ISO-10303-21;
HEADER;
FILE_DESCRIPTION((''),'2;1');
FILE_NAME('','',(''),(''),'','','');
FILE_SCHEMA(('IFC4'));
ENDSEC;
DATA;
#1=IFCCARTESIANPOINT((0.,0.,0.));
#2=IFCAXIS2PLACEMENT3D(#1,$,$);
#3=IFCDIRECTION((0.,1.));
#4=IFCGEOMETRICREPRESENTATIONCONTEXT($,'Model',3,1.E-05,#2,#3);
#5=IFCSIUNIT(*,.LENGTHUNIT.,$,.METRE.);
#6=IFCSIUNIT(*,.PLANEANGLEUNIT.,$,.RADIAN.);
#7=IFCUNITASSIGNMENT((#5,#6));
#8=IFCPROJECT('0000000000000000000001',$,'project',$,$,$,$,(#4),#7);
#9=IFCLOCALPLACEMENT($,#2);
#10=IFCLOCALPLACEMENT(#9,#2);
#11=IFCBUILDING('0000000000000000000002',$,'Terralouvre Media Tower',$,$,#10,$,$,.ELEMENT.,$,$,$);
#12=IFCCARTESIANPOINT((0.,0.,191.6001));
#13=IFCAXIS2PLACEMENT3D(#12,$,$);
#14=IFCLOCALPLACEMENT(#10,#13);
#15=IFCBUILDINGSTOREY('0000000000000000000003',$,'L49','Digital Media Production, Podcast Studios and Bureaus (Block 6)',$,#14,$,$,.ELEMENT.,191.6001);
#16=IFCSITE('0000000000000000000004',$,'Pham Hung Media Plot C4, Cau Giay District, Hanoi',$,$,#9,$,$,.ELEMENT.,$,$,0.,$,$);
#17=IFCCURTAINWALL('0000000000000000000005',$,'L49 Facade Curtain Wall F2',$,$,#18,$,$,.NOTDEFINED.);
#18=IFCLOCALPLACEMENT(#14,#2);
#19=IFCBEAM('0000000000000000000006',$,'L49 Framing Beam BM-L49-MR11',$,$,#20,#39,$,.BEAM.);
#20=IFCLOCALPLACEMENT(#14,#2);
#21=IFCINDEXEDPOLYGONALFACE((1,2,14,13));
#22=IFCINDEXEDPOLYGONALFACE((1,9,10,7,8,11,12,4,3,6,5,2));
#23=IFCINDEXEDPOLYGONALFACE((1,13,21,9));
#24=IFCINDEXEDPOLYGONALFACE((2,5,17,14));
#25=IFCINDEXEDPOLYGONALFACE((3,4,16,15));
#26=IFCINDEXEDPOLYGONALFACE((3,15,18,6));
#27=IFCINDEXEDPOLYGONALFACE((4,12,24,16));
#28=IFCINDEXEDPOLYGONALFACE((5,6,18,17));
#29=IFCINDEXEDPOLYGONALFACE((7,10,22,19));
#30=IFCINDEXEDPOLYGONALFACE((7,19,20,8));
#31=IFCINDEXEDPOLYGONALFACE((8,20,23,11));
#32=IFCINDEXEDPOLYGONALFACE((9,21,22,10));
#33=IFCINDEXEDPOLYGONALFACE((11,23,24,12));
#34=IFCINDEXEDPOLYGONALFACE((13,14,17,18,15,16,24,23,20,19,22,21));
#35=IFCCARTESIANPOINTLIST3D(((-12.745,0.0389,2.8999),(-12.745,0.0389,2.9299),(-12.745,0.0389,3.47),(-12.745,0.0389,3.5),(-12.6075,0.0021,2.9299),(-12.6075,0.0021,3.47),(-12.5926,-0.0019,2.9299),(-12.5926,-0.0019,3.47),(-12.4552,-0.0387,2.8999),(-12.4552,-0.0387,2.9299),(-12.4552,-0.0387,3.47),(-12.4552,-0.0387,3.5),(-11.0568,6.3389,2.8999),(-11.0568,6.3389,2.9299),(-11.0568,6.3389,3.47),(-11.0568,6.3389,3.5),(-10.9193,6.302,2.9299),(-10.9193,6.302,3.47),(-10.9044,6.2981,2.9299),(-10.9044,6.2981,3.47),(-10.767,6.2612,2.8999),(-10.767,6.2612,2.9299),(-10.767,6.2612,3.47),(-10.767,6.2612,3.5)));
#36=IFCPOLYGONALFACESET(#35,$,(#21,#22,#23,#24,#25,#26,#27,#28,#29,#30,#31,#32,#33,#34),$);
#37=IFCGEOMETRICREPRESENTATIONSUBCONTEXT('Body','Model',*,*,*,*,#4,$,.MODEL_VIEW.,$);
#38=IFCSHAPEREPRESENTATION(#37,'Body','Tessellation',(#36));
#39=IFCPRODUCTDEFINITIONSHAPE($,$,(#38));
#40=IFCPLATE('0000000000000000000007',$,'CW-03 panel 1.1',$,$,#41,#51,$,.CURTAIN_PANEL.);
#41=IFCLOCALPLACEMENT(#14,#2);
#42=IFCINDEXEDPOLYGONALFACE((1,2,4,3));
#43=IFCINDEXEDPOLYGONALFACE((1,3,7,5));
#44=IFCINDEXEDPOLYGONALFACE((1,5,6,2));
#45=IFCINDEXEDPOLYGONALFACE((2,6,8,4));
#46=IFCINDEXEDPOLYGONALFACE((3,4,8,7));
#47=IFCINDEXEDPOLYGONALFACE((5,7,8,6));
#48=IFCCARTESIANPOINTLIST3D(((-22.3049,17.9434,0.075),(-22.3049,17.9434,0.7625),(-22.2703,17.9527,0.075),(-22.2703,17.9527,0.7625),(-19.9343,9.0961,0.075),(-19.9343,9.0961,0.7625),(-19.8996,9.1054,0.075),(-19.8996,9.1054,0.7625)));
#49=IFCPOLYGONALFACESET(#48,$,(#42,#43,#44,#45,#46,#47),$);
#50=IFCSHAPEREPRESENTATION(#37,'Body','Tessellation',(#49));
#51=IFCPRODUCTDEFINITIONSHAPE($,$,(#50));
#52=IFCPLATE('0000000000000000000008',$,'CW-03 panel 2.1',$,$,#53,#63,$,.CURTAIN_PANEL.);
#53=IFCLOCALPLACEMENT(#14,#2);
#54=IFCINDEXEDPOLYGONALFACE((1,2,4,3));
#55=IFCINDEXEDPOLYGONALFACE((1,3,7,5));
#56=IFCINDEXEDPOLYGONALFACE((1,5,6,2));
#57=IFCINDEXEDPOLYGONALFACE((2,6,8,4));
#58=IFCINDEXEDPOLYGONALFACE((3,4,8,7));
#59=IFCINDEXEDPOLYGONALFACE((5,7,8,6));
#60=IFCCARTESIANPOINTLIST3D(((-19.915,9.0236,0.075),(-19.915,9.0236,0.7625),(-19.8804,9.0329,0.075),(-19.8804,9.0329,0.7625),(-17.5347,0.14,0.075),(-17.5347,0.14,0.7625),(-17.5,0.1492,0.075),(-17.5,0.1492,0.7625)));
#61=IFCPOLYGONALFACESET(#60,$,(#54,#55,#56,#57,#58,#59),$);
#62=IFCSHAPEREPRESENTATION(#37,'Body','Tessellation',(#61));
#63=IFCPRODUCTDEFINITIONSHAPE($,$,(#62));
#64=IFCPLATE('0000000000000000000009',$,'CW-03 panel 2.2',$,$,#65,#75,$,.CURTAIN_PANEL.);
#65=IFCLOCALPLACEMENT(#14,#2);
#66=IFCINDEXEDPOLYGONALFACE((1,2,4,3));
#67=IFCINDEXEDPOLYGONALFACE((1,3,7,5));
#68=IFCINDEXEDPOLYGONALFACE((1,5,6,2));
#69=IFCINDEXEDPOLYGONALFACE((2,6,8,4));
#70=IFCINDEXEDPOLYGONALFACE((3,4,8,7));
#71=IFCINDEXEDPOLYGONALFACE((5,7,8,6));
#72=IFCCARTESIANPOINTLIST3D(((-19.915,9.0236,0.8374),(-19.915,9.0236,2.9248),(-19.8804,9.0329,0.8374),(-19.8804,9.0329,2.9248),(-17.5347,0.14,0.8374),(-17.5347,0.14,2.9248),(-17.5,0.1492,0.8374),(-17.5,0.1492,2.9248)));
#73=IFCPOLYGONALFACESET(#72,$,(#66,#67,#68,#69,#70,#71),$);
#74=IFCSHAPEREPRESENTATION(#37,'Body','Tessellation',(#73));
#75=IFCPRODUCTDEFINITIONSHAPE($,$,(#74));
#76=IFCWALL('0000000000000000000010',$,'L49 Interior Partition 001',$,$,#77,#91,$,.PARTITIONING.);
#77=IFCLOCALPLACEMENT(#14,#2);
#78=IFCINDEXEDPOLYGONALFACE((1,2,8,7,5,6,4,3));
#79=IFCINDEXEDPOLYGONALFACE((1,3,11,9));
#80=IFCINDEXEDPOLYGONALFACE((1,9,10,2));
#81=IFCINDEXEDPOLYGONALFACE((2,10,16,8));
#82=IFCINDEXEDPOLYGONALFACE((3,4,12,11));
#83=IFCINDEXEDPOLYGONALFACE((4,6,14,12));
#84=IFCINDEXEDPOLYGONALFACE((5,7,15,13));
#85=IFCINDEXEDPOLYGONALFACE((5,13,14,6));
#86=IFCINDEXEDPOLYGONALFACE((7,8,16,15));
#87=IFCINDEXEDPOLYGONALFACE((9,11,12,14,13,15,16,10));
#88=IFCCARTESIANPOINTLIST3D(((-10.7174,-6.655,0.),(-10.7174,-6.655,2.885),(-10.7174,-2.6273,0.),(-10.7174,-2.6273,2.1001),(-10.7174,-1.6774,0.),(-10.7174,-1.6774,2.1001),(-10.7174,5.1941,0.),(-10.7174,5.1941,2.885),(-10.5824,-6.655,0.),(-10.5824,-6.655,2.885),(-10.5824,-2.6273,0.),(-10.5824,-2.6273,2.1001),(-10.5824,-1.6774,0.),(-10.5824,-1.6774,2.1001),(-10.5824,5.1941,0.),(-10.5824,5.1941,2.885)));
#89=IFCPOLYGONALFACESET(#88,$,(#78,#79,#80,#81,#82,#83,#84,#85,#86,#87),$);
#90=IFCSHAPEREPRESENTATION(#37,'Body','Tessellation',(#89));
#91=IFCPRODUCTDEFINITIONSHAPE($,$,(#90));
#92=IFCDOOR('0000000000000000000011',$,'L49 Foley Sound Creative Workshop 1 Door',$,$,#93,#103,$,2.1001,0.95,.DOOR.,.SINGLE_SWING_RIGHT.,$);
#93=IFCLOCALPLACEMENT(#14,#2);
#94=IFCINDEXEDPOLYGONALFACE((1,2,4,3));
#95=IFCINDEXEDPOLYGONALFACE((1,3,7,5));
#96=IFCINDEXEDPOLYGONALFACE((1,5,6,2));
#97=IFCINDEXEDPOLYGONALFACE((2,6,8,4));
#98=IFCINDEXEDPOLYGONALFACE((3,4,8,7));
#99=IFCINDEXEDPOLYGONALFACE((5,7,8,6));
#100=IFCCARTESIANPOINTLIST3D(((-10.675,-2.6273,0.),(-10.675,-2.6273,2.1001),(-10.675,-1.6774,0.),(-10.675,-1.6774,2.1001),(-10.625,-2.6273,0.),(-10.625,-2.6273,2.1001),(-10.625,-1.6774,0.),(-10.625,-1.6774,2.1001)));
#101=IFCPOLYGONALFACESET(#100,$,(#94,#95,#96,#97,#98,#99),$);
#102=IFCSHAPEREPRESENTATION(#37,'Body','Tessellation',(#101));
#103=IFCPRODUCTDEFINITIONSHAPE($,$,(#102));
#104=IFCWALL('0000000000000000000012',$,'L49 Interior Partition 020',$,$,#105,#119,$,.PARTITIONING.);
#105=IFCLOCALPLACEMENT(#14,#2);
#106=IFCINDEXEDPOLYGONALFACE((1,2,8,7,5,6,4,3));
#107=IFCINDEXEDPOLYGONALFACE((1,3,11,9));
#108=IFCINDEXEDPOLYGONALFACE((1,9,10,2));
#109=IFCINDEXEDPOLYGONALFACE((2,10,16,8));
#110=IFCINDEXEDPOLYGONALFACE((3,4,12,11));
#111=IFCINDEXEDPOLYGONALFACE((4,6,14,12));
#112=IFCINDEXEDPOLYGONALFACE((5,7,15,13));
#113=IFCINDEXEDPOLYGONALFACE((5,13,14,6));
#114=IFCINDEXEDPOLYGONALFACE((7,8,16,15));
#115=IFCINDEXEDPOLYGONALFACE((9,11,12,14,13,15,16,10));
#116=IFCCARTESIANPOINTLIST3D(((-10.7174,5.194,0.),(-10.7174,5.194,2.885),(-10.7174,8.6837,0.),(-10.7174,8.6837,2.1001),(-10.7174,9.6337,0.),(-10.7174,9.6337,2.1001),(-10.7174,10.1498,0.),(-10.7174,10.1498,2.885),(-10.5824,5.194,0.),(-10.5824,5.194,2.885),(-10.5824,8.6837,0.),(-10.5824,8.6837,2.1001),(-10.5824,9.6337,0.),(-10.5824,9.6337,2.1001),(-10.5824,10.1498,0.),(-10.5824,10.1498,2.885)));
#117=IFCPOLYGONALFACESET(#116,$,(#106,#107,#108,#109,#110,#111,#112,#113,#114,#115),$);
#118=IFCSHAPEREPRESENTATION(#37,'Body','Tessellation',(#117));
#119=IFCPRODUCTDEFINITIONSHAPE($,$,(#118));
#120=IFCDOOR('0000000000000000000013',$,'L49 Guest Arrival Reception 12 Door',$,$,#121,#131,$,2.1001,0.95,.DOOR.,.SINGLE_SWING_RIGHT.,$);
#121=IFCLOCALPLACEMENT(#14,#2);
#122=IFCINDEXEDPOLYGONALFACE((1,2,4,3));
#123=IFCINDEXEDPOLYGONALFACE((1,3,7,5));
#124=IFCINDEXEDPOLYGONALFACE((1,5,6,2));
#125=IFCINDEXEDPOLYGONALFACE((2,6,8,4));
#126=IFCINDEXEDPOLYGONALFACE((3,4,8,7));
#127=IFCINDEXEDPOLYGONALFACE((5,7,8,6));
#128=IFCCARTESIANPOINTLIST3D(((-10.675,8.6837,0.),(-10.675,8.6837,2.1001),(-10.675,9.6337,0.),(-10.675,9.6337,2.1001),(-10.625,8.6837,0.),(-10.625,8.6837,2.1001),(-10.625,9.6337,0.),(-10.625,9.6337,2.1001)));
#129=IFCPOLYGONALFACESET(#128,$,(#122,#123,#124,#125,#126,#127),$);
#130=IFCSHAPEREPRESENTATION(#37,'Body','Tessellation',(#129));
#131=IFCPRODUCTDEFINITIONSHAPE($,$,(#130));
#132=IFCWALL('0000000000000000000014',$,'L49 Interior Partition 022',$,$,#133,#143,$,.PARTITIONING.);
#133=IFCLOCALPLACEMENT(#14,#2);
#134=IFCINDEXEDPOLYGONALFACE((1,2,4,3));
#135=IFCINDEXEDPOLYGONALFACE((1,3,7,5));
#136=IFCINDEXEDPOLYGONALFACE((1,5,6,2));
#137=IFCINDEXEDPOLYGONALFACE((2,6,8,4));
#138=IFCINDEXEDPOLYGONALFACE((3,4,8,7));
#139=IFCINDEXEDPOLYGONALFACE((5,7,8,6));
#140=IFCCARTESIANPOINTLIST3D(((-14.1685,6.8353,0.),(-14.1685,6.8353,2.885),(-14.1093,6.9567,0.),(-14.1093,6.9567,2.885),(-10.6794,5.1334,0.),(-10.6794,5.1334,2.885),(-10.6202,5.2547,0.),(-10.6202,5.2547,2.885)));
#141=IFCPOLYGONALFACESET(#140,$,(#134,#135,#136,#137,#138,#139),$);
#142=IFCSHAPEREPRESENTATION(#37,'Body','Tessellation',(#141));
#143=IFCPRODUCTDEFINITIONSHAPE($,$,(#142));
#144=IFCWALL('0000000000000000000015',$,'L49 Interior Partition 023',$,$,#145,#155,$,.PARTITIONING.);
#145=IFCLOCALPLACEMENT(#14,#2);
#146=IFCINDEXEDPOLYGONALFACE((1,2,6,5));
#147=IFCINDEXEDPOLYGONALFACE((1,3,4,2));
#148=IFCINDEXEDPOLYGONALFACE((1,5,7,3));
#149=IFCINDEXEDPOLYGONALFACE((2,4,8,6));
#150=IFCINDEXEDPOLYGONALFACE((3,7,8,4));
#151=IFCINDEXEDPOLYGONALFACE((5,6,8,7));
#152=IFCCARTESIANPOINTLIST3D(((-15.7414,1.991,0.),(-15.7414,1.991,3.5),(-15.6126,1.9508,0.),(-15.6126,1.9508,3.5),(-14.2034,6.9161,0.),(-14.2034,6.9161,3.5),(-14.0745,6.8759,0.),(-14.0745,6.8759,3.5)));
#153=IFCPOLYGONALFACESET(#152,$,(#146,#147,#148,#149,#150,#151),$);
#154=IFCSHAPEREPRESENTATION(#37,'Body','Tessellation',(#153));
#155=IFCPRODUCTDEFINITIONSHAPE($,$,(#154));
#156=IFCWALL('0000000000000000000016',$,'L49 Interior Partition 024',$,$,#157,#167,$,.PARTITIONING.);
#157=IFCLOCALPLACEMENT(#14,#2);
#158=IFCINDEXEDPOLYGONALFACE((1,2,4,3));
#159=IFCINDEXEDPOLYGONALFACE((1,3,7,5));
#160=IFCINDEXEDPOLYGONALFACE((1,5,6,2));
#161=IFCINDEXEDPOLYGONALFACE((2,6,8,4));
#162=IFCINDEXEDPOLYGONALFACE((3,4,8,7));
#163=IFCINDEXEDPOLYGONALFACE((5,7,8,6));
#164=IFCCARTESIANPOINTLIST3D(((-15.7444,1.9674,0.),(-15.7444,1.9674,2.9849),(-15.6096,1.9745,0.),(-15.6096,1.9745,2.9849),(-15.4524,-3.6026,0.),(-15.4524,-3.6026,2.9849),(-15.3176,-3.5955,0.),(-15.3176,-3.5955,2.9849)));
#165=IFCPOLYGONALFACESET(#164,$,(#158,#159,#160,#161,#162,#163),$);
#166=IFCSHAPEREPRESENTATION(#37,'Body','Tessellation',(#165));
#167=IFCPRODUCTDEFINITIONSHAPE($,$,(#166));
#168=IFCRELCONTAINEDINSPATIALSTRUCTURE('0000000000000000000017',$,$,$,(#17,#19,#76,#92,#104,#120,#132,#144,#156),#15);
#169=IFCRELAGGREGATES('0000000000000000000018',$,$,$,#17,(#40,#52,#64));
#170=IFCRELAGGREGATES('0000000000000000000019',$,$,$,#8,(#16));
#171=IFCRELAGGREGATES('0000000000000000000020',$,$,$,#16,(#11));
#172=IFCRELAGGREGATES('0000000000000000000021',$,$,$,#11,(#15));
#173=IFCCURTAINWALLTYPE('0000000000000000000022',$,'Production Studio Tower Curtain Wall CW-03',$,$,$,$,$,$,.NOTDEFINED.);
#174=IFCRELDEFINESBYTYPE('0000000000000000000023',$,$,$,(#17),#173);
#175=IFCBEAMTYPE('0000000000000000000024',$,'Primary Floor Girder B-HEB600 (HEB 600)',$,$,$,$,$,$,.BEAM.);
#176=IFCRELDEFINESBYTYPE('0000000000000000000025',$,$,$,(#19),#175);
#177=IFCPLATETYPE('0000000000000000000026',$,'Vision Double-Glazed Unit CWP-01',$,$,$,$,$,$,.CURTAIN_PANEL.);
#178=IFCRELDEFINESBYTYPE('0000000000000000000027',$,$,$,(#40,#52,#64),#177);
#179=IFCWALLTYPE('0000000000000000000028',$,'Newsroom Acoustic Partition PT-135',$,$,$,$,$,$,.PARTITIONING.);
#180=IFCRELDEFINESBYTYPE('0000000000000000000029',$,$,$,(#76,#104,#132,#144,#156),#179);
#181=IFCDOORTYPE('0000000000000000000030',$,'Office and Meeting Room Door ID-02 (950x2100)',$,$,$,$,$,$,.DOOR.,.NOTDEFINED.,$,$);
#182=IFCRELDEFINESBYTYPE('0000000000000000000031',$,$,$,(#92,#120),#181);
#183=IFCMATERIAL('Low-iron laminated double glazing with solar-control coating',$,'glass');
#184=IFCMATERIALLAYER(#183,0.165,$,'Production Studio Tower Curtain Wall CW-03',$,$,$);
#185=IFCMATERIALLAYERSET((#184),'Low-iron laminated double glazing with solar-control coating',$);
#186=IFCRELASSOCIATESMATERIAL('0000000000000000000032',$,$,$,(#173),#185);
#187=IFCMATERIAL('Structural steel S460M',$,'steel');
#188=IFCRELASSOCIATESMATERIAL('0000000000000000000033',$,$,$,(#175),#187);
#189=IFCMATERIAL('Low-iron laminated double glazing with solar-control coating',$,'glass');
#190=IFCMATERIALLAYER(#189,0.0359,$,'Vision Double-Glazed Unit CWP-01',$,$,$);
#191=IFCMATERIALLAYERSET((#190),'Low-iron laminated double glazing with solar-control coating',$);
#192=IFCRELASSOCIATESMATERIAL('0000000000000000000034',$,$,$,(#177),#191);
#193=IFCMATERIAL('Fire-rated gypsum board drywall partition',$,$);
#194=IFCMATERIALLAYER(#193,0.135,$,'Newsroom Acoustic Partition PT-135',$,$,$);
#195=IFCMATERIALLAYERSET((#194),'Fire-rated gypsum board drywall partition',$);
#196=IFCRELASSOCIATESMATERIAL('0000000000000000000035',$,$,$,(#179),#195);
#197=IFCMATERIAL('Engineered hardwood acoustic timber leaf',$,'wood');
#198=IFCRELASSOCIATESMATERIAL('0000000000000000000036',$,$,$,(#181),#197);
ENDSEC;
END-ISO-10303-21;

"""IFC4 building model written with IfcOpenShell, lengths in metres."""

from ifc_helpers import new_model, si_unit, direction, frame, frame_2d, origin, origin_2d, place, context, subcontext, project, spatial, rectangle, i_section, extrude, material, layer, layer_set, material_profile, profile_set, type_object, element, fill, aggregate, save


model = new_model("IFC4")

# Units and contexts
model_context = context("Model", 3, precision=1e-05, world=origin(), true_north=direction((0.0, 1.0)))
body_context = subcontext(model_context, "Body", "Model", "MODEL_VIEW")
ifc_project = project(units=[si_unit("LENGTHUNIT", "METRE"), si_unit("PLANEANGLEUNIT", "RADIAN")], contexts=[model_context])

# Site, building, storey
site_placement = place(None, origin())
site = spatial("IfcSite", under=ifc_project, at=site_placement, Name="Pham Hung Media Plot C4, Cau Giay District, Hanoi", CompositionType="ELEMENT", RefElevation=0.0)
building_placement = place(site_placement, origin())
building = spatial("IfcBuilding", under=site, at=building_placement, Name="Terralouvre Media Tower", CompositionType="ELEMENT")
storey_placement = place(building_placement, frame((0.0, 0.0, 191.6001)))
storey = spatial("IfcBuildingStorey", under=building, at=storey_placement, Name="L49", Description="Digital Media Production, Podcast Studios and Bureaus (Block 6)", CompositionType="ELEMENT", Elevation=191.6001)

# Curtain wall
ifc_material_1 = material(Name="Low-iron laminated double glazing with solar-control coating", Category="glass")
ifc_layer_1 = layer(ifc_material_1, 0.165, Name="Production Studio Tower Curtain Wall CW-03")
ifc_layer_set_1 = layer_set([ifc_layer_1], Name="Low-iron laminated double glazing with solar-control coating")
curtain_wall_type = type_object("IfcCurtainWallType", Name="Production Studio Tower Curtain Wall CW-03", PredefinedType="NOTDEFINED", material=ifc_layer_set_1)
curtain_wall_placement = place(storey_placement, origin())
curtain_wall = element("IfcCurtainWall", 1, at=curtain_wall_placement, inside=storey, type_object=curtain_wall_type, Name="L49 Facade Curtain Wall F2", PredefinedType="NOTDEFINED")

# Beam
ifc_material_2 = material(Name="Structural steel S460M", Category="steel")
ifc_material_profile_1 = material_profile(ifc_material_2, i_section(OverallWidth=0.3, OverallDepth=0.6001, WebThickness=0.0154, FlangeThickness=0.03, at=origin_2d()), Name="HEB 600")
ifc_profile_set_1 = profile_set([ifc_material_profile_1], Name="Structural steel S460M")
beam_type_1 = type_object("IfcBeamType", Name="Primary Floor Girder B-HEB600 (HEB 600)", PredefinedType="BEAM", material=ifc_profile_set_1)
beam_1_placement = place(storey_placement, frame((-10.9119, 6.3, 3.2), z_axis=(-0.258839, -0.96592, 0.0), x_axis=(0.96592, -0.258839, 0.0)))
element("IfcBeam", 2, at=beam_1_placement, inside=storey, type_object=beam_type_1, Name="L49 Framing Beam BM-L49-MR11", PredefinedType="BEAM", context=body_context, shape_type="SweptSolid", body=[
    extrude(i_section(OverallWidth=0.3, OverallDepth=0.6001, WebThickness=0.0154, FlangeThickness=0.03, at=origin_2d()), origin(), (0.0, 0.0, 1.0), 6.5222),
])

# Plates
ifc_material_3 = material(Name="Low-iron laminated double glazing with solar-control coating", Category="glass")
ifc_layer_2 = layer(ifc_material_3, 0.0359, Name="Vision Double-Glazed Unit CWP-01")
ifc_layer_set_2 = layer_set([ifc_layer_2], Name="Low-iron laminated double glazing with solar-control coating")
plate_type = type_object("IfcPlateType", Name="Vision Double-Glazed Unit CWP-01", PredefinedType="CURTAIN_PANEL", material=ifc_layer_set_2)
plate_1_placement = place(storey_placement, frame((-21.1023, 13.5244, 0.075), z_axis=(0.0, 0.0, 1.0), x_axis=(0.258819, -0.965926, 0.0)))
plate_1 = element("IfcPlate", 3, at=plate_1_placement, type_object=plate_type, Name="CW-03 panel 1.1", PredefinedType="CURTAIN_PANEL", context=body_context, shape_type="SweptSolid", body=[
    extrude(rectangle(XDim=9.1594, YDim=0.0359, at=origin_2d()), origin(), (0.0, 0.0, 1.0), 0.6875),
])
plate_2_placement = place(storey_placement, frame((-18.7075, 4.5864, 0.075), z_axis=(0.0, 0.0, 1.0), x_axis=(0.258819, -0.965926, 0.0)))
plate_2 = element("IfcPlate", 4, at=plate_2_placement, type_object=plate_type, Name="CW-03 panel 2.1", PredefinedType="CURTAIN_PANEL", context=body_context, shape_type="SweptSolid", body=[
    extrude(rectangle(XDim=9.197, YDim=0.0359, at=origin_2d()), origin(), (0.0, 0.0, 1.0), 0.6875),
])
plate_3_placement = place(storey_placement, frame((-18.7075, 4.5864, 0.8374), z_axis=(0.0, 0.0, 1.0), x_axis=(0.258819, -0.965926, 0.0)))
plate_3 = element("IfcPlate", 5, at=plate_3_placement, type_object=plate_type, Name="CW-03 panel 2.2", PredefinedType="CURTAIN_PANEL", context=body_context, shape_type="SweptSolid", body=[
    extrude(rectangle(XDim=9.197, YDim=0.0359, at=origin_2d()), origin(), (0.0, 0.0, 1.0), 2.0874),
])
aggregate(curtain_wall, [plate_1, plate_2, plate_3])

# Walls, openings, doors
ifc_material_4 = material(Name="Fire-rated gypsum board drywall partition")
ifc_layer_3 = layer(ifc_material_4, 0.135, Name="Newsroom Acoustic Partition PT-135")
ifc_layer_set_3 = layer_set([ifc_layer_3], Name="Fire-rated gypsum board drywall partition")
wall_type = type_object("IfcWallType", Name="Newsroom Acoustic Partition PT-135", PredefinedType="PARTITIONING", material=ifc_layer_set_3)
wall_1_placement = place(storey_placement, frame((-10.6499, 5.1941, 0.0), z_axis=(0.0, 0.0, 1.0), x_axis=(0.0, -1.0, 0.0)))
wall_1 = element("IfcWall", 6, at=wall_1_placement, inside=storey, type_object=wall_type, Name="L49 Interior Partition 001", PredefinedType="PARTITIONING", context=body_context, shape_type="SweptSolid", body=[
    extrude(rectangle(XDim=11.8491, YDim=0.135, at=frame_2d((5.9246, 0.0))), origin(), (0.0, 0.0, 1.0), 2.885),
])
opening_1_placement = place(wall_1_placement, frame((6.8713, 0.0, 0.0)))
opening_1 = element("IfcOpeningElement", 7, at=opening_1_placement, cuts=wall_1, PredefinedType="OPENING", context=body_context, shape_type="SweptSolid", body=[
    extrude(rectangle(XDim=0.95, YDim=2.1001, at=frame_2d((0.4751, 1.05))), frame((0.0, 0.0774, 0.0), z_axis=(0.0, -1.0, 0.0), x_axis=(1.0, 0.0, 0.0)), (0.0, 0.0, 1.0), 0.155),
])
ifc_material_5 = material(Name="Engineered hardwood acoustic timber leaf", Category="wood")
door_type_1 = type_object("IfcDoorType", Name="Office and Meeting Room Door ID-02 (950x2100)", OperationType="NOTDEFINED", PredefinedType="DOOR", material=ifc_material_5)
door_1_placement = place(opening_1_placement, origin())
door_1 = element("IfcDoor", 8, at=door_1_placement, inside=storey, type_object=door_type_1, Name="L49 Foley Sound Creative Workshop 1 Door", OperationType="SINGLE_SWING_RIGHT", OverallHeight=2.1001, OverallWidth=0.95, PredefinedType="DOOR", context=body_context, shape_type="SweptSolid", body=[
    extrude(rectangle(XDim=0.95, YDim=2.1001, at=frame_2d((0.4751, 1.05))), frame((0.0, 0.0249, 0.0), z_axis=(0.0, -1.0, 0.0), x_axis=(1.0, 0.0, 0.0)), (0.0, 0.0, 1.0), 0.05),
])
fill(opening_1, door_1)
wall_2_placement = place(storey_placement, frame((-10.6499, 10.1499, 0.0), z_axis=(0.0, 0.0, 1.0), x_axis=(0.0, -1.0, 0.0)))
wall_2 = element("IfcWall", 9, at=wall_2_placement, inside=storey, type_object=wall_type, Name="L49 Interior Partition 020", PredefinedType="PARTITIONING", context=body_context, shape_type="SweptSolid", body=[
    extrude(rectangle(XDim=4.9558, YDim=0.135, at=frame_2d((2.478, 0.0))), origin(), (0.0, 0.0, 1.0), 2.885),
])
opening_2_placement = place(wall_2_placement, frame((0.5161, 0.0, 0.0)))
opening_2 = element("IfcOpeningElement", 10, at=opening_2_placement, cuts=wall_2, PredefinedType="OPENING", context=body_context, shape_type="SweptSolid", body=[
    extrude(rectangle(XDim=0.95, YDim=2.1001, at=frame_2d((0.4751, 1.05))), frame((0.0, 0.0774, 0.0), z_axis=(0.0, -1.0, 0.0), x_axis=(1.0, 0.0, 0.0)), (0.0, 0.0, 1.0), 0.155),
])
door_2_placement = place(opening_2_placement, origin())
door_2 = element("IfcDoor", 11, at=door_2_placement, inside=storey, type_object=door_type_1, Name="L49 Guest Arrival Reception 12 Door", OperationType="SINGLE_SWING_RIGHT", OverallHeight=2.1001, OverallWidth=0.95, PredefinedType="DOOR", context=body_context, shape_type="SweptSolid", body=[
    extrude(rectangle(XDim=0.95, YDim=2.1001, at=frame_2d((0.4751, 1.05))), frame((0.0, 0.0249, 0.0), z_axis=(0.0, -1.0, 0.0), x_axis=(1.0, 0.0, 0.0)), (0.0, 0.0, 1.0), 0.05),
])
fill(opening_2, door_2)

# Walls
wall_3_placement = place(storey_placement, frame((-10.6499, 5.1941, 0.0), z_axis=(0.0, 0.0, 1.0), x_axis=(-0.898774, 0.438412, 0.0)))
element("IfcWall", 12, at=wall_3_placement, inside=storey, type_object=wall_type, Name="L49 Interior Partition 022", PredefinedType="PARTITIONING", context=body_context, shape_type="SweptSolid", body=[
    extrude(rectangle(XDim=3.8821, YDim=0.135, at=frame_2d((1.9409, 0.0))), origin(), (0.0, 0.0, 1.0), 2.885),
])
wall_4_placement = place(storey_placement, frame((-14.1389, 6.896, 0.0), z_axis=(0.0, 0.0, 1.0), x_axis=(-0.2981, -0.954535, 0.0)))
element("IfcWall", 13, at=wall_4_placement, inside=storey, type_object=wall_type, Name="L49 Interior Partition 023", PredefinedType="PARTITIONING", context=body_context, shape_type="SweptSolid", body=[
    extrude(rectangle(XDim=5.1597, YDim=0.135, at=frame_2d((2.5798, 0.0))), origin(), (0.0, 0.0, 1.0), 3.5),
])
wall_5_placement = place(storey_placement, frame((-15.677, 1.9709, 0.0), z_axis=(0.0, 0.0, 1.0), x_axis=(0.05235, -0.998629, 0.0)))
element("IfcWall", 14, at=wall_5_placement, inside=storey, type_object=wall_type, Name="L49 Interior Partition 024", PredefinedType="PARTITIONING", context=body_context, shape_type="SweptSolid", body=[
    extrude(rectangle(XDim=5.5776, YDim=0.135, at=frame_2d((2.7888, 0.0))), origin(), (0.0, 0.0, 1.0), 2.9849),
])

save(model, "model.ifc")
